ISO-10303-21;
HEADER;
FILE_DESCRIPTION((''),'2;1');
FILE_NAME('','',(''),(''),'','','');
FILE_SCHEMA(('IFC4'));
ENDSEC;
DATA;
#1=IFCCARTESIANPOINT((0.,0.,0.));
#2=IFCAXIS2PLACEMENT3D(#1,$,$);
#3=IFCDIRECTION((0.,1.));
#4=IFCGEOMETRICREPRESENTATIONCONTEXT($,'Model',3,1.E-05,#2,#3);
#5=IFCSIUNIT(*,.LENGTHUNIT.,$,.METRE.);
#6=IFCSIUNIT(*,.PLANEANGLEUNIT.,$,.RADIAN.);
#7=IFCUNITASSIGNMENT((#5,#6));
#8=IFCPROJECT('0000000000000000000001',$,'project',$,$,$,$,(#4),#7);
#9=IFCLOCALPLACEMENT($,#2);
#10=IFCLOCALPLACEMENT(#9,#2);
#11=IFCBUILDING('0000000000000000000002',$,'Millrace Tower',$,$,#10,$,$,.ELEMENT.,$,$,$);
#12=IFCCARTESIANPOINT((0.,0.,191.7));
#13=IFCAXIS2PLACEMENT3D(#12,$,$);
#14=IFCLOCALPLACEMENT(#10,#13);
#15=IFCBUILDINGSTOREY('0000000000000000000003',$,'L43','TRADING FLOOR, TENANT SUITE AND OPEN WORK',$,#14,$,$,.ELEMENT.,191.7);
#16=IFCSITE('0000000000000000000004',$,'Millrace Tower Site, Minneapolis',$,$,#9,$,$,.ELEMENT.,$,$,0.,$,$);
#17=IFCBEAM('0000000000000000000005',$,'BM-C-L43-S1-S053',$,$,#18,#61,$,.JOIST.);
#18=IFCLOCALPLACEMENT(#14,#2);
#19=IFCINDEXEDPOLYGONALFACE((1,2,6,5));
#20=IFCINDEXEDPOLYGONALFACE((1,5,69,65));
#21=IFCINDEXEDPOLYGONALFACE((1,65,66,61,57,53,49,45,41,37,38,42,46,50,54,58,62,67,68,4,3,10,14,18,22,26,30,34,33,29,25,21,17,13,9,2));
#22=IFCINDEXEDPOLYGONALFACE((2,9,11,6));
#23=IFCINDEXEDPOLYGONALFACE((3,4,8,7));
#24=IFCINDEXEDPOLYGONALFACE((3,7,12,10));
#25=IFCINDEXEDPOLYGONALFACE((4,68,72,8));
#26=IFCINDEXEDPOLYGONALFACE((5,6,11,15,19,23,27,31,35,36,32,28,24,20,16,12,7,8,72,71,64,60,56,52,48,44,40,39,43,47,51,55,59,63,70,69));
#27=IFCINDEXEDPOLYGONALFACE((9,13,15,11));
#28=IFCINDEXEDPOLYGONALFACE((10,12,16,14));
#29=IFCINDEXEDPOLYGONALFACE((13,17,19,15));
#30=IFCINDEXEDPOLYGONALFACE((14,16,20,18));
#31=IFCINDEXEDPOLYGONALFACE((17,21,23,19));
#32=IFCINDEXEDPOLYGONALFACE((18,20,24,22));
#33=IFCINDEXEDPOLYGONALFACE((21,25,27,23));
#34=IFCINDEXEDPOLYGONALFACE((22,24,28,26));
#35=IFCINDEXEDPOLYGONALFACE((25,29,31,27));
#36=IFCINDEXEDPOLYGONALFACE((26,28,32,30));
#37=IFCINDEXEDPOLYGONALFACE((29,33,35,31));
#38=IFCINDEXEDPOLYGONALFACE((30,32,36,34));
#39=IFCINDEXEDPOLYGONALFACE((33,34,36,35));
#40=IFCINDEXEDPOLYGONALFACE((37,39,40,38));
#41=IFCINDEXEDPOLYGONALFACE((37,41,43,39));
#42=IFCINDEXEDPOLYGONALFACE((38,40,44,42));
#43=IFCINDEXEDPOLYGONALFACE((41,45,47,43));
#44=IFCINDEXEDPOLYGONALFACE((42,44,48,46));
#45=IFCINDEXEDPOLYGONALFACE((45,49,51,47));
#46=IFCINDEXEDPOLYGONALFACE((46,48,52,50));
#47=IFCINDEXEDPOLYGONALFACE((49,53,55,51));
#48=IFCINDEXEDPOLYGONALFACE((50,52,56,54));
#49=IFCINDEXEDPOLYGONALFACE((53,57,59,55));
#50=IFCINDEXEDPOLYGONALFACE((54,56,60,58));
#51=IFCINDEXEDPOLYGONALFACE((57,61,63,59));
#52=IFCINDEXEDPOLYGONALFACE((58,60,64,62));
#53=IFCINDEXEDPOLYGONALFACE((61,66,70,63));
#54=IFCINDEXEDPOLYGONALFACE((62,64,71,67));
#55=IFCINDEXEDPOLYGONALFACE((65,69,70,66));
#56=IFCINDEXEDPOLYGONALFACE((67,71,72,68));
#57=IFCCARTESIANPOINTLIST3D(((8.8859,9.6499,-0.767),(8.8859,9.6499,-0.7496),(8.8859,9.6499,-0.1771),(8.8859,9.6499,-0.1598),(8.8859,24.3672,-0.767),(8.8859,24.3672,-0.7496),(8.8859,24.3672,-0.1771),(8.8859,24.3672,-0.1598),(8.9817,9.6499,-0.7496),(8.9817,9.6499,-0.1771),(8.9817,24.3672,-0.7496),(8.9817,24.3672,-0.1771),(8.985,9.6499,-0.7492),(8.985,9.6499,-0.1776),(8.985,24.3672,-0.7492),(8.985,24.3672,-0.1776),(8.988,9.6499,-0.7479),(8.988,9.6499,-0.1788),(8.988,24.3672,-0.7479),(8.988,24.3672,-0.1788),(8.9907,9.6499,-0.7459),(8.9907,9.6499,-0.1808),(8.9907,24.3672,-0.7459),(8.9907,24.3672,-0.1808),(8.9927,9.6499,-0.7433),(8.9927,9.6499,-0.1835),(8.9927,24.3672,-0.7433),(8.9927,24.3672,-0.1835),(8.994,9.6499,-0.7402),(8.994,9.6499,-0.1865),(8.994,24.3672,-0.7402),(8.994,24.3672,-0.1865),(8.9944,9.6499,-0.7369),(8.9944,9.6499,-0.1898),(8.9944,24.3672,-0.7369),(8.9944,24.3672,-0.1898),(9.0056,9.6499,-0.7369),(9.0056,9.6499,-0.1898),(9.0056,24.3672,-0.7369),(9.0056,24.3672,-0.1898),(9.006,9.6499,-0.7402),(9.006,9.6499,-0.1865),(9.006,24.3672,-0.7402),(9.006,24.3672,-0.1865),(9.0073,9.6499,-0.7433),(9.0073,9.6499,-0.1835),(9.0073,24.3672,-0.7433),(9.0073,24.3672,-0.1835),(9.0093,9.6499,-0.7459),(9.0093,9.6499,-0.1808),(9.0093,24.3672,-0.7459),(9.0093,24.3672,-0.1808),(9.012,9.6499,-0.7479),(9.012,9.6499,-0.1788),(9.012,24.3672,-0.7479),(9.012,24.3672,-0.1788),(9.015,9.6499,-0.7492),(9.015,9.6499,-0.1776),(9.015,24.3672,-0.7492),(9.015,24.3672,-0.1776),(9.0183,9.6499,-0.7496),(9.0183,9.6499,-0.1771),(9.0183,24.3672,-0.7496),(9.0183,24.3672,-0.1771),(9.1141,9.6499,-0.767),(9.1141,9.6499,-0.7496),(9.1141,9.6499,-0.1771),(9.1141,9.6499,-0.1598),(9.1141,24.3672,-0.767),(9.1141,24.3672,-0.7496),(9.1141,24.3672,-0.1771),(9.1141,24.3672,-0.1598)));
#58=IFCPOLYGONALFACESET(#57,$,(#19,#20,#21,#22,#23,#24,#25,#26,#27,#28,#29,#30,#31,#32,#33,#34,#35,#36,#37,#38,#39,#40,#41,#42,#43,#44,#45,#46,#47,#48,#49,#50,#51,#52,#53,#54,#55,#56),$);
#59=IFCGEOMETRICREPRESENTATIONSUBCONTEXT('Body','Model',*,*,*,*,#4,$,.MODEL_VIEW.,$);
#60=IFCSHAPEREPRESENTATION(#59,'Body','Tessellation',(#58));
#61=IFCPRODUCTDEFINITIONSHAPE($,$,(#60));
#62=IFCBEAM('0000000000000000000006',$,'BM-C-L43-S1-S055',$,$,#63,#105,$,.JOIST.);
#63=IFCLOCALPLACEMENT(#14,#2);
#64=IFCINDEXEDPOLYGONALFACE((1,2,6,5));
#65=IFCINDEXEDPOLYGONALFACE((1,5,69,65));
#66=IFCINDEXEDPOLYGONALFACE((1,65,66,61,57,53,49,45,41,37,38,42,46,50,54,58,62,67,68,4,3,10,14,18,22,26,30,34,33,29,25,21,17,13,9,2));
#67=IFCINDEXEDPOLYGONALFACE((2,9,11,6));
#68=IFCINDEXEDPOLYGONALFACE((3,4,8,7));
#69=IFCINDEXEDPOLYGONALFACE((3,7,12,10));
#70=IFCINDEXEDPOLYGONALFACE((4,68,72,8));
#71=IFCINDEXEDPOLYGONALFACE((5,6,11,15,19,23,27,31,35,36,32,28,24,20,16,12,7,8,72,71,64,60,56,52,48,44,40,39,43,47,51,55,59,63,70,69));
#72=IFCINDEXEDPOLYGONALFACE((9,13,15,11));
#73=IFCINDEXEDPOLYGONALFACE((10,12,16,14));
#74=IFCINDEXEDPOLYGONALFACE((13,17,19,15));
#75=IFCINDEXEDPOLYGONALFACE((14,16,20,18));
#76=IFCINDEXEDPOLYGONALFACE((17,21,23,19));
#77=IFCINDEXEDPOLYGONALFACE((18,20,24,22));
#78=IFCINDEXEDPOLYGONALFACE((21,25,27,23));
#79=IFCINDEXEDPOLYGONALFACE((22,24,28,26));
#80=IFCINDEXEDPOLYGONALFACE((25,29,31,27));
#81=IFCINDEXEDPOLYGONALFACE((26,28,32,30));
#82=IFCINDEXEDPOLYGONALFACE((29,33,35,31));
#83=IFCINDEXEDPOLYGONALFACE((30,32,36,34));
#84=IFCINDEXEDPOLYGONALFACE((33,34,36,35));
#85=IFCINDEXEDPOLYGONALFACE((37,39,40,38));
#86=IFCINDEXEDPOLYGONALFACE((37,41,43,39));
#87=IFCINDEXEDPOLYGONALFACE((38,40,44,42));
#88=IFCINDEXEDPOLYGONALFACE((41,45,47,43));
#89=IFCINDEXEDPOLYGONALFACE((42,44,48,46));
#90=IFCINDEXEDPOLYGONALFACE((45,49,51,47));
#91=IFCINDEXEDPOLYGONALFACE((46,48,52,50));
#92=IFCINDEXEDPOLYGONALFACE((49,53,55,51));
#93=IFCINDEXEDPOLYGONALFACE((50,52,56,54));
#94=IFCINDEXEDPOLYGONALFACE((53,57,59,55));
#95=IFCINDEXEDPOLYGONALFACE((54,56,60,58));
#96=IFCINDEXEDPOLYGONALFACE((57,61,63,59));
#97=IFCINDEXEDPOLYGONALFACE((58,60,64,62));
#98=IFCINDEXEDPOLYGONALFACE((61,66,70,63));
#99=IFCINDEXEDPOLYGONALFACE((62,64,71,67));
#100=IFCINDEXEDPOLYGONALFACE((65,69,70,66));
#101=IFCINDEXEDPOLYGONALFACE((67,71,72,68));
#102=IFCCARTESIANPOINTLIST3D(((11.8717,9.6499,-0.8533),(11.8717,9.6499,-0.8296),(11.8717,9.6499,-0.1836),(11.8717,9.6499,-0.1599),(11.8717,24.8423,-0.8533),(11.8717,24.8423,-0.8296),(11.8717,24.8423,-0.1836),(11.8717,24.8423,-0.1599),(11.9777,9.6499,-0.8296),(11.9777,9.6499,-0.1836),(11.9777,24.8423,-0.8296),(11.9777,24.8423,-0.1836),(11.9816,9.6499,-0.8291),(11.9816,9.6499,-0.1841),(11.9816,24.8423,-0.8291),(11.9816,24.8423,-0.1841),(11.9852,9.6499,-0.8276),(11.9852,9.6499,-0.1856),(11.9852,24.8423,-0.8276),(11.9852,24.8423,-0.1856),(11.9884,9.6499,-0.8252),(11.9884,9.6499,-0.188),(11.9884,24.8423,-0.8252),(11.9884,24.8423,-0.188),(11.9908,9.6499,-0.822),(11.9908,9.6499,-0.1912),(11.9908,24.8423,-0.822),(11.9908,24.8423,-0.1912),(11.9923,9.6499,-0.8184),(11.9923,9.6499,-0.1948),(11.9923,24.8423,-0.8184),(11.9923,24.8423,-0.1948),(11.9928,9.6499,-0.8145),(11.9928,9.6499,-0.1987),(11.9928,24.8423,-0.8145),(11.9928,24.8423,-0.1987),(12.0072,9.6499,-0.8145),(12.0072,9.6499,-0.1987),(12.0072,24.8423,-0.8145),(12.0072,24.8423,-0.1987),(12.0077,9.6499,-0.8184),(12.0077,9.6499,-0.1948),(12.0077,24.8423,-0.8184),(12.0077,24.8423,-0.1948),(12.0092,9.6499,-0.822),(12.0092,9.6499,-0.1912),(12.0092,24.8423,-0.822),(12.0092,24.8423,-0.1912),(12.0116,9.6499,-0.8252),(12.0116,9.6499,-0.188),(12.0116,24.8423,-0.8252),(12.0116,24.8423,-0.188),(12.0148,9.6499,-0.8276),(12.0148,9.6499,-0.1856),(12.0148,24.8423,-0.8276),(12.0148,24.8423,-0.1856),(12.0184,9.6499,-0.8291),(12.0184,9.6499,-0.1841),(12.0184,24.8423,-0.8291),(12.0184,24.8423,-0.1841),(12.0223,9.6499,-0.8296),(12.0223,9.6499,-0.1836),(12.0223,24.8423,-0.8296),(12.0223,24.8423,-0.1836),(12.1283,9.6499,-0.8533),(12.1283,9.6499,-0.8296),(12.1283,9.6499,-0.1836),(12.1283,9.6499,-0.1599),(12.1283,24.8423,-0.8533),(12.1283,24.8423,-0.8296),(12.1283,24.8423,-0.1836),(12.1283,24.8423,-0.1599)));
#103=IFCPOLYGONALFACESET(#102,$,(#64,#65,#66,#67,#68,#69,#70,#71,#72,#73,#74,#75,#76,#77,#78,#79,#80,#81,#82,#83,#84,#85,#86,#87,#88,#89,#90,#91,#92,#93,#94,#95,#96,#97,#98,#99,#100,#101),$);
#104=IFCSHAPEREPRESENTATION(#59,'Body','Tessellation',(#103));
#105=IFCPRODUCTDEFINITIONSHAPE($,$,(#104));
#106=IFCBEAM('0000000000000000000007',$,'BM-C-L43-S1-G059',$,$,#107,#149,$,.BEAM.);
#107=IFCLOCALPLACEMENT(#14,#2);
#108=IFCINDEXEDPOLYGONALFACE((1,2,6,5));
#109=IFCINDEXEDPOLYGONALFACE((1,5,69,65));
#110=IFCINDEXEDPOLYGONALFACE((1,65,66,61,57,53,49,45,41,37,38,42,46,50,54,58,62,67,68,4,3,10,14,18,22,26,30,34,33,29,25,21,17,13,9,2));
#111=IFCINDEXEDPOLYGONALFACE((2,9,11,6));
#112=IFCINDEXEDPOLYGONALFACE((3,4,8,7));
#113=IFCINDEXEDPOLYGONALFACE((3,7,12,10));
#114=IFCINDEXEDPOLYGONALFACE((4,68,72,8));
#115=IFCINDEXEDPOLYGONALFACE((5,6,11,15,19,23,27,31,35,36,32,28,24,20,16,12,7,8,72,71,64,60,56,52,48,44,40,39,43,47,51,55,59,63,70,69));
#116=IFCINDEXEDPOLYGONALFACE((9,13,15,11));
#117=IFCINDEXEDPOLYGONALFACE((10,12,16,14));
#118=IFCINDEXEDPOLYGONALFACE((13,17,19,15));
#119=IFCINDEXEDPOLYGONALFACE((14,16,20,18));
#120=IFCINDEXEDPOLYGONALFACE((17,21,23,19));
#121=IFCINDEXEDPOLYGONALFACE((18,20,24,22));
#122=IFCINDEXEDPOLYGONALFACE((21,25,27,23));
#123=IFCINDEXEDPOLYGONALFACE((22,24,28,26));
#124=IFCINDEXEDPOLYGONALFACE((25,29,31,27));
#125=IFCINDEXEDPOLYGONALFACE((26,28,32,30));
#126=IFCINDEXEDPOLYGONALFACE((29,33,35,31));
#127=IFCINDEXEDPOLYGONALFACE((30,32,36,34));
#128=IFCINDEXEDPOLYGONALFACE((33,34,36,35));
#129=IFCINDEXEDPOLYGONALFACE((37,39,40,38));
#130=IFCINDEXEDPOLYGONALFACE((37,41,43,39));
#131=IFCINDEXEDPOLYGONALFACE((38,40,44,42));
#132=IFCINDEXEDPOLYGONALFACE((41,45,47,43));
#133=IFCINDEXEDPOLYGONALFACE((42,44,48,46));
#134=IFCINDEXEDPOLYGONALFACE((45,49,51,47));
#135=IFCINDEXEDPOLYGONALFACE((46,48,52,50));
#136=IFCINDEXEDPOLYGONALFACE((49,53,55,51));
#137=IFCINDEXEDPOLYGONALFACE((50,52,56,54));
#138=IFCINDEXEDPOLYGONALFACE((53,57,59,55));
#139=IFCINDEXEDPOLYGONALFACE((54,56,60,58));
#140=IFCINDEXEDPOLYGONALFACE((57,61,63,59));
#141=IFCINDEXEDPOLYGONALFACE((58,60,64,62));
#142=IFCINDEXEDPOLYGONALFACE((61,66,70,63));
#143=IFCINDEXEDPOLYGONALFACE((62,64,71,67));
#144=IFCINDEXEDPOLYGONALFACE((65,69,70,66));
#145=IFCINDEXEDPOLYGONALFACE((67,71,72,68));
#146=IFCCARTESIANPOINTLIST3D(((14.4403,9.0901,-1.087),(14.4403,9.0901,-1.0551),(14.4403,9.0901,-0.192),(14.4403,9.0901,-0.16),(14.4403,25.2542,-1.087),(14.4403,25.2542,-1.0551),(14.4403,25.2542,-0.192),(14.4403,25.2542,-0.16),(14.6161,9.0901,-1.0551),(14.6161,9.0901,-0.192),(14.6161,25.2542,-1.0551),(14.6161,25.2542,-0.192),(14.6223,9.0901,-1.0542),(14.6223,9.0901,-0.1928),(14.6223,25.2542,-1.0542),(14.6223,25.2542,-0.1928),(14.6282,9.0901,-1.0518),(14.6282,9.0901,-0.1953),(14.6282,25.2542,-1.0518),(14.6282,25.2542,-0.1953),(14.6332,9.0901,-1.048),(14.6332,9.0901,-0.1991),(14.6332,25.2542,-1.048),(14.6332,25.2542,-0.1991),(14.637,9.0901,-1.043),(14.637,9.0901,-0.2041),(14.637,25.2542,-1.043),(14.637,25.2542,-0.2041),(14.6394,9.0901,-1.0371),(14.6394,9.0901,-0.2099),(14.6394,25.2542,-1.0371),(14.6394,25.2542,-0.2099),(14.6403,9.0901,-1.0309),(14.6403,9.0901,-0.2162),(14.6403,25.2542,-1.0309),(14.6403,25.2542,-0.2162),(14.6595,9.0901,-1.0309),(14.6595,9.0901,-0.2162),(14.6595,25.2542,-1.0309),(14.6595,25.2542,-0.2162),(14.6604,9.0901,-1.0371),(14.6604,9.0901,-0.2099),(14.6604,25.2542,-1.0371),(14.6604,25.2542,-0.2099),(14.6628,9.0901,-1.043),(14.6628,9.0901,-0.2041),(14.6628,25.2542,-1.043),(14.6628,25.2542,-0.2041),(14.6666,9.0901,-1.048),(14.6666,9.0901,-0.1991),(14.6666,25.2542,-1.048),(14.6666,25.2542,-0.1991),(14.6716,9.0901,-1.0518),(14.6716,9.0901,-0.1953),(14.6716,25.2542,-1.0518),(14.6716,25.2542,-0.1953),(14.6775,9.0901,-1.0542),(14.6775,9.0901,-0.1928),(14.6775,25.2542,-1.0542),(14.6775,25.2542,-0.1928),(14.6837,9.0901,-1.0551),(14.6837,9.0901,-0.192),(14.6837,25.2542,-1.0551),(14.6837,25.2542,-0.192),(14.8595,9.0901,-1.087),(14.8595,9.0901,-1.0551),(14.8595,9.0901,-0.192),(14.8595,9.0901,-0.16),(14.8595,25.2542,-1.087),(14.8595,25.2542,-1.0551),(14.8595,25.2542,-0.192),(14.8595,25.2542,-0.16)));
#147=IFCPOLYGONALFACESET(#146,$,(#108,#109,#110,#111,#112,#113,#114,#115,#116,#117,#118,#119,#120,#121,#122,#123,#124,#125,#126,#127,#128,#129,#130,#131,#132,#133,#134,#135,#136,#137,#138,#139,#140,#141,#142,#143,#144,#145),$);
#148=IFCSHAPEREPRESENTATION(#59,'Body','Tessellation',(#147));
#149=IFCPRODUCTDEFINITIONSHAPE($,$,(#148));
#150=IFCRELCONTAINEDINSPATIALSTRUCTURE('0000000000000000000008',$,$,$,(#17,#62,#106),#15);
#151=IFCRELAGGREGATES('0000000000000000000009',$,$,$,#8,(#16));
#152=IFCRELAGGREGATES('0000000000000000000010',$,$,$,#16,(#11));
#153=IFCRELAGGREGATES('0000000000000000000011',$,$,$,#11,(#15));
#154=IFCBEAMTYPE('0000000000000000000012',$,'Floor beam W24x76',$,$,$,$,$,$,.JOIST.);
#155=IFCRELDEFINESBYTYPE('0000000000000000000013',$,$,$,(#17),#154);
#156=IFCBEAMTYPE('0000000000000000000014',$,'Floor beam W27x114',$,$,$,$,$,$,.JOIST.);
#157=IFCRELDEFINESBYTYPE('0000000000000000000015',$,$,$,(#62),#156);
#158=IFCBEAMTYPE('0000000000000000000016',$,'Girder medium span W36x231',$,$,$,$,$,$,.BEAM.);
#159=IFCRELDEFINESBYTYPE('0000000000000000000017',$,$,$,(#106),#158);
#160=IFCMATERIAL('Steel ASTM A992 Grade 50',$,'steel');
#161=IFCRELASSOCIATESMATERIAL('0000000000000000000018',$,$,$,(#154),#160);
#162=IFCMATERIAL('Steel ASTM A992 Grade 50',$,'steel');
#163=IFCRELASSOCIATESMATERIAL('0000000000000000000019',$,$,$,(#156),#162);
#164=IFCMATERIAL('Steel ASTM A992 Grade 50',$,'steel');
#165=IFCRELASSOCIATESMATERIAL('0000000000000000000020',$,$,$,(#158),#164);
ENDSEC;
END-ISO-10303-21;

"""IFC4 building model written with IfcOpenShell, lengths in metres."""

from ifc_helpers import new_model, si_unit, direction, frame, origin, origin_2d, place, context, subcontext, project, spatial, i_section, extrude, material, material_profile, profile_set, type_object, element, save


model = new_model("IFC4")

# Units and contexts
model_context = context("Model", 3, precision=1e-05, world=origin(), true_north=direction((0.0, 1.0)))
body_context = subcontext(model_context, "Body", "Model", "MODEL_VIEW")
ifc_project = project(units=[si_unit("LENGTHUNIT", "METRE"), si_unit("PLANEANGLEUNIT", "RADIAN")], contexts=[model_context])

# Site, building, storey
site_placement = place(None, origin())
site = spatial("IfcSite", under=ifc_project, at=site_placement, Name="Millrace Tower Site, Minneapolis", CompositionType="ELEMENT", RefElevation=0.0)
building_placement = place(site_placement, origin())
building = spatial("IfcBuilding", under=site, at=building_placement, Name="Millrace Tower", CompositionType="ELEMENT")
storey_placement = place(building_placement, frame((0.0, 0.0, 191.7)))
storey = spatial("IfcBuildingStorey", under=building, at=storey_placement, Name="L43", Description="TRADING FLOOR, TENANT SUITE AND OPEN WORK", CompositionType="ELEMENT", Elevation=191.7)

# Beams
ifc_material_1 = material(Name="Steel ASTM A992 Grade 50", Category="steel")
ifc_material_profile_1 = material_profile(ifc_material_1, i_section(OverallWidth=0.2283, OverallDepth=0.6072, WebThickness=0.0112, FlangeThickness=0.0173, FilletRadius=0.0127, at=origin_2d()))
ifc_profile_set_1 = profile_set([ifc_material_profile_1], Name="Steel ASTM A992 Grade 50")
beam_type_1 = type_object("IfcBeamType", Name="Floor beam W24x76", PredefinedType="JOIST", material=ifc_profile_set_1)
beam_1_placement = place(storey_placement, frame((9.0, 9.6499, -0.4634), z_axis=(0.0, 1.0, 0.0), x_axis=(-1.0, 0.0, 0.0)))
element("IfcBeam", 1, at=beam_1_placement, inside=storey, type_object=beam_type_1, Name="BM-C-L43-S1-S053", PredefinedType="JOIST", context=body_context, shape_type="SweptSolid", body=[
    extrude(i_section(OverallWidth=0.2283, OverallDepth=0.6072, WebThickness=0.0112, FlangeThickness=0.0173, FilletRadius=0.0127, at=origin_2d()), origin(), (0.0, 0.0, 1.0), 14.7173),
])
ifc_material_2 = material(Name="Steel ASTM A992 Grade 50", Category="steel")
ifc_material_profile_2 = material_profile(ifc_material_2, i_section(OverallWidth=0.2566, OverallDepth=0.6934, WebThickness=0.0144, FlangeThickness=0.0237, FilletRadius=0.0151, at=origin_2d()))
ifc_profile_set_2 = profile_set([ifc_material_profile_2], Name="Steel ASTM A992 Grade 50")
beam_type_2 = type_object("IfcBeamType", Name="Floor beam W27x114", PredefinedType="JOIST", material=ifc_profile_set_2)
beam_2_placement = place(storey_placement, frame((12.0, 9.6499, -0.5066), z_axis=(0.0, 1.0, 0.0), x_axis=(-1.0, 0.0, 0.0)))
element("IfcBeam", 2, at=beam_2_placement, inside=storey, type_object=beam_type_2, Name="BM-C-L43-S1-S055", PredefinedType="JOIST", context=body_context, shape_type="SweptSolid", body=[
    extrude(i_section(OverallWidth=0.2566, OverallDepth=0.6934, WebThickness=0.0144, FlangeThickness=0.0237, FilletRadius=0.0151, at=origin_2d()), origin(), (0.0, 0.0, 1.0), 15.1924),
])
ifc_material_3 = material(Name="Steel ASTM A992 Grade 50", Category="steel")
ifc_material_profile_3 = material_profile(ifc_material_3, i_section(OverallWidth=0.4192, OverallDepth=0.927, WebThickness=0.0193, FlangeThickness=0.032, FilletRadius=0.0242, at=origin_2d()))
ifc_profile_set_3 = profile_set([ifc_material_profile_3], Name="Steel ASTM A992 Grade 50")
beam_type_3 = type_object("IfcBeamType", Name="Girder medium span W36x231", PredefinedType="BEAM", material=ifc_profile_set_3)
beam_3_placement = place(storey_placement, frame((14.6499, 9.0901, -0.6235), z_axis=(0.0, 1.0, 0.0), x_axis=(-1.0, 0.0, 0.0)))
element("IfcBeam", 3, at=beam_3_placement, inside=storey, type_object=beam_type_3, Name="BM-C-L43-S1-G059", PredefinedType="BEAM", context=body_context, shape_type="SweptSolid", body=[
    extrude(i_section(OverallWidth=0.4192, OverallDepth=0.927, WebThickness=0.0193, FlangeThickness=0.032, FilletRadius=0.0242, at=origin_2d()), origin(), (0.0, 0.0, 1.0), 16.1641),
])

save(model, "model.ifc")
